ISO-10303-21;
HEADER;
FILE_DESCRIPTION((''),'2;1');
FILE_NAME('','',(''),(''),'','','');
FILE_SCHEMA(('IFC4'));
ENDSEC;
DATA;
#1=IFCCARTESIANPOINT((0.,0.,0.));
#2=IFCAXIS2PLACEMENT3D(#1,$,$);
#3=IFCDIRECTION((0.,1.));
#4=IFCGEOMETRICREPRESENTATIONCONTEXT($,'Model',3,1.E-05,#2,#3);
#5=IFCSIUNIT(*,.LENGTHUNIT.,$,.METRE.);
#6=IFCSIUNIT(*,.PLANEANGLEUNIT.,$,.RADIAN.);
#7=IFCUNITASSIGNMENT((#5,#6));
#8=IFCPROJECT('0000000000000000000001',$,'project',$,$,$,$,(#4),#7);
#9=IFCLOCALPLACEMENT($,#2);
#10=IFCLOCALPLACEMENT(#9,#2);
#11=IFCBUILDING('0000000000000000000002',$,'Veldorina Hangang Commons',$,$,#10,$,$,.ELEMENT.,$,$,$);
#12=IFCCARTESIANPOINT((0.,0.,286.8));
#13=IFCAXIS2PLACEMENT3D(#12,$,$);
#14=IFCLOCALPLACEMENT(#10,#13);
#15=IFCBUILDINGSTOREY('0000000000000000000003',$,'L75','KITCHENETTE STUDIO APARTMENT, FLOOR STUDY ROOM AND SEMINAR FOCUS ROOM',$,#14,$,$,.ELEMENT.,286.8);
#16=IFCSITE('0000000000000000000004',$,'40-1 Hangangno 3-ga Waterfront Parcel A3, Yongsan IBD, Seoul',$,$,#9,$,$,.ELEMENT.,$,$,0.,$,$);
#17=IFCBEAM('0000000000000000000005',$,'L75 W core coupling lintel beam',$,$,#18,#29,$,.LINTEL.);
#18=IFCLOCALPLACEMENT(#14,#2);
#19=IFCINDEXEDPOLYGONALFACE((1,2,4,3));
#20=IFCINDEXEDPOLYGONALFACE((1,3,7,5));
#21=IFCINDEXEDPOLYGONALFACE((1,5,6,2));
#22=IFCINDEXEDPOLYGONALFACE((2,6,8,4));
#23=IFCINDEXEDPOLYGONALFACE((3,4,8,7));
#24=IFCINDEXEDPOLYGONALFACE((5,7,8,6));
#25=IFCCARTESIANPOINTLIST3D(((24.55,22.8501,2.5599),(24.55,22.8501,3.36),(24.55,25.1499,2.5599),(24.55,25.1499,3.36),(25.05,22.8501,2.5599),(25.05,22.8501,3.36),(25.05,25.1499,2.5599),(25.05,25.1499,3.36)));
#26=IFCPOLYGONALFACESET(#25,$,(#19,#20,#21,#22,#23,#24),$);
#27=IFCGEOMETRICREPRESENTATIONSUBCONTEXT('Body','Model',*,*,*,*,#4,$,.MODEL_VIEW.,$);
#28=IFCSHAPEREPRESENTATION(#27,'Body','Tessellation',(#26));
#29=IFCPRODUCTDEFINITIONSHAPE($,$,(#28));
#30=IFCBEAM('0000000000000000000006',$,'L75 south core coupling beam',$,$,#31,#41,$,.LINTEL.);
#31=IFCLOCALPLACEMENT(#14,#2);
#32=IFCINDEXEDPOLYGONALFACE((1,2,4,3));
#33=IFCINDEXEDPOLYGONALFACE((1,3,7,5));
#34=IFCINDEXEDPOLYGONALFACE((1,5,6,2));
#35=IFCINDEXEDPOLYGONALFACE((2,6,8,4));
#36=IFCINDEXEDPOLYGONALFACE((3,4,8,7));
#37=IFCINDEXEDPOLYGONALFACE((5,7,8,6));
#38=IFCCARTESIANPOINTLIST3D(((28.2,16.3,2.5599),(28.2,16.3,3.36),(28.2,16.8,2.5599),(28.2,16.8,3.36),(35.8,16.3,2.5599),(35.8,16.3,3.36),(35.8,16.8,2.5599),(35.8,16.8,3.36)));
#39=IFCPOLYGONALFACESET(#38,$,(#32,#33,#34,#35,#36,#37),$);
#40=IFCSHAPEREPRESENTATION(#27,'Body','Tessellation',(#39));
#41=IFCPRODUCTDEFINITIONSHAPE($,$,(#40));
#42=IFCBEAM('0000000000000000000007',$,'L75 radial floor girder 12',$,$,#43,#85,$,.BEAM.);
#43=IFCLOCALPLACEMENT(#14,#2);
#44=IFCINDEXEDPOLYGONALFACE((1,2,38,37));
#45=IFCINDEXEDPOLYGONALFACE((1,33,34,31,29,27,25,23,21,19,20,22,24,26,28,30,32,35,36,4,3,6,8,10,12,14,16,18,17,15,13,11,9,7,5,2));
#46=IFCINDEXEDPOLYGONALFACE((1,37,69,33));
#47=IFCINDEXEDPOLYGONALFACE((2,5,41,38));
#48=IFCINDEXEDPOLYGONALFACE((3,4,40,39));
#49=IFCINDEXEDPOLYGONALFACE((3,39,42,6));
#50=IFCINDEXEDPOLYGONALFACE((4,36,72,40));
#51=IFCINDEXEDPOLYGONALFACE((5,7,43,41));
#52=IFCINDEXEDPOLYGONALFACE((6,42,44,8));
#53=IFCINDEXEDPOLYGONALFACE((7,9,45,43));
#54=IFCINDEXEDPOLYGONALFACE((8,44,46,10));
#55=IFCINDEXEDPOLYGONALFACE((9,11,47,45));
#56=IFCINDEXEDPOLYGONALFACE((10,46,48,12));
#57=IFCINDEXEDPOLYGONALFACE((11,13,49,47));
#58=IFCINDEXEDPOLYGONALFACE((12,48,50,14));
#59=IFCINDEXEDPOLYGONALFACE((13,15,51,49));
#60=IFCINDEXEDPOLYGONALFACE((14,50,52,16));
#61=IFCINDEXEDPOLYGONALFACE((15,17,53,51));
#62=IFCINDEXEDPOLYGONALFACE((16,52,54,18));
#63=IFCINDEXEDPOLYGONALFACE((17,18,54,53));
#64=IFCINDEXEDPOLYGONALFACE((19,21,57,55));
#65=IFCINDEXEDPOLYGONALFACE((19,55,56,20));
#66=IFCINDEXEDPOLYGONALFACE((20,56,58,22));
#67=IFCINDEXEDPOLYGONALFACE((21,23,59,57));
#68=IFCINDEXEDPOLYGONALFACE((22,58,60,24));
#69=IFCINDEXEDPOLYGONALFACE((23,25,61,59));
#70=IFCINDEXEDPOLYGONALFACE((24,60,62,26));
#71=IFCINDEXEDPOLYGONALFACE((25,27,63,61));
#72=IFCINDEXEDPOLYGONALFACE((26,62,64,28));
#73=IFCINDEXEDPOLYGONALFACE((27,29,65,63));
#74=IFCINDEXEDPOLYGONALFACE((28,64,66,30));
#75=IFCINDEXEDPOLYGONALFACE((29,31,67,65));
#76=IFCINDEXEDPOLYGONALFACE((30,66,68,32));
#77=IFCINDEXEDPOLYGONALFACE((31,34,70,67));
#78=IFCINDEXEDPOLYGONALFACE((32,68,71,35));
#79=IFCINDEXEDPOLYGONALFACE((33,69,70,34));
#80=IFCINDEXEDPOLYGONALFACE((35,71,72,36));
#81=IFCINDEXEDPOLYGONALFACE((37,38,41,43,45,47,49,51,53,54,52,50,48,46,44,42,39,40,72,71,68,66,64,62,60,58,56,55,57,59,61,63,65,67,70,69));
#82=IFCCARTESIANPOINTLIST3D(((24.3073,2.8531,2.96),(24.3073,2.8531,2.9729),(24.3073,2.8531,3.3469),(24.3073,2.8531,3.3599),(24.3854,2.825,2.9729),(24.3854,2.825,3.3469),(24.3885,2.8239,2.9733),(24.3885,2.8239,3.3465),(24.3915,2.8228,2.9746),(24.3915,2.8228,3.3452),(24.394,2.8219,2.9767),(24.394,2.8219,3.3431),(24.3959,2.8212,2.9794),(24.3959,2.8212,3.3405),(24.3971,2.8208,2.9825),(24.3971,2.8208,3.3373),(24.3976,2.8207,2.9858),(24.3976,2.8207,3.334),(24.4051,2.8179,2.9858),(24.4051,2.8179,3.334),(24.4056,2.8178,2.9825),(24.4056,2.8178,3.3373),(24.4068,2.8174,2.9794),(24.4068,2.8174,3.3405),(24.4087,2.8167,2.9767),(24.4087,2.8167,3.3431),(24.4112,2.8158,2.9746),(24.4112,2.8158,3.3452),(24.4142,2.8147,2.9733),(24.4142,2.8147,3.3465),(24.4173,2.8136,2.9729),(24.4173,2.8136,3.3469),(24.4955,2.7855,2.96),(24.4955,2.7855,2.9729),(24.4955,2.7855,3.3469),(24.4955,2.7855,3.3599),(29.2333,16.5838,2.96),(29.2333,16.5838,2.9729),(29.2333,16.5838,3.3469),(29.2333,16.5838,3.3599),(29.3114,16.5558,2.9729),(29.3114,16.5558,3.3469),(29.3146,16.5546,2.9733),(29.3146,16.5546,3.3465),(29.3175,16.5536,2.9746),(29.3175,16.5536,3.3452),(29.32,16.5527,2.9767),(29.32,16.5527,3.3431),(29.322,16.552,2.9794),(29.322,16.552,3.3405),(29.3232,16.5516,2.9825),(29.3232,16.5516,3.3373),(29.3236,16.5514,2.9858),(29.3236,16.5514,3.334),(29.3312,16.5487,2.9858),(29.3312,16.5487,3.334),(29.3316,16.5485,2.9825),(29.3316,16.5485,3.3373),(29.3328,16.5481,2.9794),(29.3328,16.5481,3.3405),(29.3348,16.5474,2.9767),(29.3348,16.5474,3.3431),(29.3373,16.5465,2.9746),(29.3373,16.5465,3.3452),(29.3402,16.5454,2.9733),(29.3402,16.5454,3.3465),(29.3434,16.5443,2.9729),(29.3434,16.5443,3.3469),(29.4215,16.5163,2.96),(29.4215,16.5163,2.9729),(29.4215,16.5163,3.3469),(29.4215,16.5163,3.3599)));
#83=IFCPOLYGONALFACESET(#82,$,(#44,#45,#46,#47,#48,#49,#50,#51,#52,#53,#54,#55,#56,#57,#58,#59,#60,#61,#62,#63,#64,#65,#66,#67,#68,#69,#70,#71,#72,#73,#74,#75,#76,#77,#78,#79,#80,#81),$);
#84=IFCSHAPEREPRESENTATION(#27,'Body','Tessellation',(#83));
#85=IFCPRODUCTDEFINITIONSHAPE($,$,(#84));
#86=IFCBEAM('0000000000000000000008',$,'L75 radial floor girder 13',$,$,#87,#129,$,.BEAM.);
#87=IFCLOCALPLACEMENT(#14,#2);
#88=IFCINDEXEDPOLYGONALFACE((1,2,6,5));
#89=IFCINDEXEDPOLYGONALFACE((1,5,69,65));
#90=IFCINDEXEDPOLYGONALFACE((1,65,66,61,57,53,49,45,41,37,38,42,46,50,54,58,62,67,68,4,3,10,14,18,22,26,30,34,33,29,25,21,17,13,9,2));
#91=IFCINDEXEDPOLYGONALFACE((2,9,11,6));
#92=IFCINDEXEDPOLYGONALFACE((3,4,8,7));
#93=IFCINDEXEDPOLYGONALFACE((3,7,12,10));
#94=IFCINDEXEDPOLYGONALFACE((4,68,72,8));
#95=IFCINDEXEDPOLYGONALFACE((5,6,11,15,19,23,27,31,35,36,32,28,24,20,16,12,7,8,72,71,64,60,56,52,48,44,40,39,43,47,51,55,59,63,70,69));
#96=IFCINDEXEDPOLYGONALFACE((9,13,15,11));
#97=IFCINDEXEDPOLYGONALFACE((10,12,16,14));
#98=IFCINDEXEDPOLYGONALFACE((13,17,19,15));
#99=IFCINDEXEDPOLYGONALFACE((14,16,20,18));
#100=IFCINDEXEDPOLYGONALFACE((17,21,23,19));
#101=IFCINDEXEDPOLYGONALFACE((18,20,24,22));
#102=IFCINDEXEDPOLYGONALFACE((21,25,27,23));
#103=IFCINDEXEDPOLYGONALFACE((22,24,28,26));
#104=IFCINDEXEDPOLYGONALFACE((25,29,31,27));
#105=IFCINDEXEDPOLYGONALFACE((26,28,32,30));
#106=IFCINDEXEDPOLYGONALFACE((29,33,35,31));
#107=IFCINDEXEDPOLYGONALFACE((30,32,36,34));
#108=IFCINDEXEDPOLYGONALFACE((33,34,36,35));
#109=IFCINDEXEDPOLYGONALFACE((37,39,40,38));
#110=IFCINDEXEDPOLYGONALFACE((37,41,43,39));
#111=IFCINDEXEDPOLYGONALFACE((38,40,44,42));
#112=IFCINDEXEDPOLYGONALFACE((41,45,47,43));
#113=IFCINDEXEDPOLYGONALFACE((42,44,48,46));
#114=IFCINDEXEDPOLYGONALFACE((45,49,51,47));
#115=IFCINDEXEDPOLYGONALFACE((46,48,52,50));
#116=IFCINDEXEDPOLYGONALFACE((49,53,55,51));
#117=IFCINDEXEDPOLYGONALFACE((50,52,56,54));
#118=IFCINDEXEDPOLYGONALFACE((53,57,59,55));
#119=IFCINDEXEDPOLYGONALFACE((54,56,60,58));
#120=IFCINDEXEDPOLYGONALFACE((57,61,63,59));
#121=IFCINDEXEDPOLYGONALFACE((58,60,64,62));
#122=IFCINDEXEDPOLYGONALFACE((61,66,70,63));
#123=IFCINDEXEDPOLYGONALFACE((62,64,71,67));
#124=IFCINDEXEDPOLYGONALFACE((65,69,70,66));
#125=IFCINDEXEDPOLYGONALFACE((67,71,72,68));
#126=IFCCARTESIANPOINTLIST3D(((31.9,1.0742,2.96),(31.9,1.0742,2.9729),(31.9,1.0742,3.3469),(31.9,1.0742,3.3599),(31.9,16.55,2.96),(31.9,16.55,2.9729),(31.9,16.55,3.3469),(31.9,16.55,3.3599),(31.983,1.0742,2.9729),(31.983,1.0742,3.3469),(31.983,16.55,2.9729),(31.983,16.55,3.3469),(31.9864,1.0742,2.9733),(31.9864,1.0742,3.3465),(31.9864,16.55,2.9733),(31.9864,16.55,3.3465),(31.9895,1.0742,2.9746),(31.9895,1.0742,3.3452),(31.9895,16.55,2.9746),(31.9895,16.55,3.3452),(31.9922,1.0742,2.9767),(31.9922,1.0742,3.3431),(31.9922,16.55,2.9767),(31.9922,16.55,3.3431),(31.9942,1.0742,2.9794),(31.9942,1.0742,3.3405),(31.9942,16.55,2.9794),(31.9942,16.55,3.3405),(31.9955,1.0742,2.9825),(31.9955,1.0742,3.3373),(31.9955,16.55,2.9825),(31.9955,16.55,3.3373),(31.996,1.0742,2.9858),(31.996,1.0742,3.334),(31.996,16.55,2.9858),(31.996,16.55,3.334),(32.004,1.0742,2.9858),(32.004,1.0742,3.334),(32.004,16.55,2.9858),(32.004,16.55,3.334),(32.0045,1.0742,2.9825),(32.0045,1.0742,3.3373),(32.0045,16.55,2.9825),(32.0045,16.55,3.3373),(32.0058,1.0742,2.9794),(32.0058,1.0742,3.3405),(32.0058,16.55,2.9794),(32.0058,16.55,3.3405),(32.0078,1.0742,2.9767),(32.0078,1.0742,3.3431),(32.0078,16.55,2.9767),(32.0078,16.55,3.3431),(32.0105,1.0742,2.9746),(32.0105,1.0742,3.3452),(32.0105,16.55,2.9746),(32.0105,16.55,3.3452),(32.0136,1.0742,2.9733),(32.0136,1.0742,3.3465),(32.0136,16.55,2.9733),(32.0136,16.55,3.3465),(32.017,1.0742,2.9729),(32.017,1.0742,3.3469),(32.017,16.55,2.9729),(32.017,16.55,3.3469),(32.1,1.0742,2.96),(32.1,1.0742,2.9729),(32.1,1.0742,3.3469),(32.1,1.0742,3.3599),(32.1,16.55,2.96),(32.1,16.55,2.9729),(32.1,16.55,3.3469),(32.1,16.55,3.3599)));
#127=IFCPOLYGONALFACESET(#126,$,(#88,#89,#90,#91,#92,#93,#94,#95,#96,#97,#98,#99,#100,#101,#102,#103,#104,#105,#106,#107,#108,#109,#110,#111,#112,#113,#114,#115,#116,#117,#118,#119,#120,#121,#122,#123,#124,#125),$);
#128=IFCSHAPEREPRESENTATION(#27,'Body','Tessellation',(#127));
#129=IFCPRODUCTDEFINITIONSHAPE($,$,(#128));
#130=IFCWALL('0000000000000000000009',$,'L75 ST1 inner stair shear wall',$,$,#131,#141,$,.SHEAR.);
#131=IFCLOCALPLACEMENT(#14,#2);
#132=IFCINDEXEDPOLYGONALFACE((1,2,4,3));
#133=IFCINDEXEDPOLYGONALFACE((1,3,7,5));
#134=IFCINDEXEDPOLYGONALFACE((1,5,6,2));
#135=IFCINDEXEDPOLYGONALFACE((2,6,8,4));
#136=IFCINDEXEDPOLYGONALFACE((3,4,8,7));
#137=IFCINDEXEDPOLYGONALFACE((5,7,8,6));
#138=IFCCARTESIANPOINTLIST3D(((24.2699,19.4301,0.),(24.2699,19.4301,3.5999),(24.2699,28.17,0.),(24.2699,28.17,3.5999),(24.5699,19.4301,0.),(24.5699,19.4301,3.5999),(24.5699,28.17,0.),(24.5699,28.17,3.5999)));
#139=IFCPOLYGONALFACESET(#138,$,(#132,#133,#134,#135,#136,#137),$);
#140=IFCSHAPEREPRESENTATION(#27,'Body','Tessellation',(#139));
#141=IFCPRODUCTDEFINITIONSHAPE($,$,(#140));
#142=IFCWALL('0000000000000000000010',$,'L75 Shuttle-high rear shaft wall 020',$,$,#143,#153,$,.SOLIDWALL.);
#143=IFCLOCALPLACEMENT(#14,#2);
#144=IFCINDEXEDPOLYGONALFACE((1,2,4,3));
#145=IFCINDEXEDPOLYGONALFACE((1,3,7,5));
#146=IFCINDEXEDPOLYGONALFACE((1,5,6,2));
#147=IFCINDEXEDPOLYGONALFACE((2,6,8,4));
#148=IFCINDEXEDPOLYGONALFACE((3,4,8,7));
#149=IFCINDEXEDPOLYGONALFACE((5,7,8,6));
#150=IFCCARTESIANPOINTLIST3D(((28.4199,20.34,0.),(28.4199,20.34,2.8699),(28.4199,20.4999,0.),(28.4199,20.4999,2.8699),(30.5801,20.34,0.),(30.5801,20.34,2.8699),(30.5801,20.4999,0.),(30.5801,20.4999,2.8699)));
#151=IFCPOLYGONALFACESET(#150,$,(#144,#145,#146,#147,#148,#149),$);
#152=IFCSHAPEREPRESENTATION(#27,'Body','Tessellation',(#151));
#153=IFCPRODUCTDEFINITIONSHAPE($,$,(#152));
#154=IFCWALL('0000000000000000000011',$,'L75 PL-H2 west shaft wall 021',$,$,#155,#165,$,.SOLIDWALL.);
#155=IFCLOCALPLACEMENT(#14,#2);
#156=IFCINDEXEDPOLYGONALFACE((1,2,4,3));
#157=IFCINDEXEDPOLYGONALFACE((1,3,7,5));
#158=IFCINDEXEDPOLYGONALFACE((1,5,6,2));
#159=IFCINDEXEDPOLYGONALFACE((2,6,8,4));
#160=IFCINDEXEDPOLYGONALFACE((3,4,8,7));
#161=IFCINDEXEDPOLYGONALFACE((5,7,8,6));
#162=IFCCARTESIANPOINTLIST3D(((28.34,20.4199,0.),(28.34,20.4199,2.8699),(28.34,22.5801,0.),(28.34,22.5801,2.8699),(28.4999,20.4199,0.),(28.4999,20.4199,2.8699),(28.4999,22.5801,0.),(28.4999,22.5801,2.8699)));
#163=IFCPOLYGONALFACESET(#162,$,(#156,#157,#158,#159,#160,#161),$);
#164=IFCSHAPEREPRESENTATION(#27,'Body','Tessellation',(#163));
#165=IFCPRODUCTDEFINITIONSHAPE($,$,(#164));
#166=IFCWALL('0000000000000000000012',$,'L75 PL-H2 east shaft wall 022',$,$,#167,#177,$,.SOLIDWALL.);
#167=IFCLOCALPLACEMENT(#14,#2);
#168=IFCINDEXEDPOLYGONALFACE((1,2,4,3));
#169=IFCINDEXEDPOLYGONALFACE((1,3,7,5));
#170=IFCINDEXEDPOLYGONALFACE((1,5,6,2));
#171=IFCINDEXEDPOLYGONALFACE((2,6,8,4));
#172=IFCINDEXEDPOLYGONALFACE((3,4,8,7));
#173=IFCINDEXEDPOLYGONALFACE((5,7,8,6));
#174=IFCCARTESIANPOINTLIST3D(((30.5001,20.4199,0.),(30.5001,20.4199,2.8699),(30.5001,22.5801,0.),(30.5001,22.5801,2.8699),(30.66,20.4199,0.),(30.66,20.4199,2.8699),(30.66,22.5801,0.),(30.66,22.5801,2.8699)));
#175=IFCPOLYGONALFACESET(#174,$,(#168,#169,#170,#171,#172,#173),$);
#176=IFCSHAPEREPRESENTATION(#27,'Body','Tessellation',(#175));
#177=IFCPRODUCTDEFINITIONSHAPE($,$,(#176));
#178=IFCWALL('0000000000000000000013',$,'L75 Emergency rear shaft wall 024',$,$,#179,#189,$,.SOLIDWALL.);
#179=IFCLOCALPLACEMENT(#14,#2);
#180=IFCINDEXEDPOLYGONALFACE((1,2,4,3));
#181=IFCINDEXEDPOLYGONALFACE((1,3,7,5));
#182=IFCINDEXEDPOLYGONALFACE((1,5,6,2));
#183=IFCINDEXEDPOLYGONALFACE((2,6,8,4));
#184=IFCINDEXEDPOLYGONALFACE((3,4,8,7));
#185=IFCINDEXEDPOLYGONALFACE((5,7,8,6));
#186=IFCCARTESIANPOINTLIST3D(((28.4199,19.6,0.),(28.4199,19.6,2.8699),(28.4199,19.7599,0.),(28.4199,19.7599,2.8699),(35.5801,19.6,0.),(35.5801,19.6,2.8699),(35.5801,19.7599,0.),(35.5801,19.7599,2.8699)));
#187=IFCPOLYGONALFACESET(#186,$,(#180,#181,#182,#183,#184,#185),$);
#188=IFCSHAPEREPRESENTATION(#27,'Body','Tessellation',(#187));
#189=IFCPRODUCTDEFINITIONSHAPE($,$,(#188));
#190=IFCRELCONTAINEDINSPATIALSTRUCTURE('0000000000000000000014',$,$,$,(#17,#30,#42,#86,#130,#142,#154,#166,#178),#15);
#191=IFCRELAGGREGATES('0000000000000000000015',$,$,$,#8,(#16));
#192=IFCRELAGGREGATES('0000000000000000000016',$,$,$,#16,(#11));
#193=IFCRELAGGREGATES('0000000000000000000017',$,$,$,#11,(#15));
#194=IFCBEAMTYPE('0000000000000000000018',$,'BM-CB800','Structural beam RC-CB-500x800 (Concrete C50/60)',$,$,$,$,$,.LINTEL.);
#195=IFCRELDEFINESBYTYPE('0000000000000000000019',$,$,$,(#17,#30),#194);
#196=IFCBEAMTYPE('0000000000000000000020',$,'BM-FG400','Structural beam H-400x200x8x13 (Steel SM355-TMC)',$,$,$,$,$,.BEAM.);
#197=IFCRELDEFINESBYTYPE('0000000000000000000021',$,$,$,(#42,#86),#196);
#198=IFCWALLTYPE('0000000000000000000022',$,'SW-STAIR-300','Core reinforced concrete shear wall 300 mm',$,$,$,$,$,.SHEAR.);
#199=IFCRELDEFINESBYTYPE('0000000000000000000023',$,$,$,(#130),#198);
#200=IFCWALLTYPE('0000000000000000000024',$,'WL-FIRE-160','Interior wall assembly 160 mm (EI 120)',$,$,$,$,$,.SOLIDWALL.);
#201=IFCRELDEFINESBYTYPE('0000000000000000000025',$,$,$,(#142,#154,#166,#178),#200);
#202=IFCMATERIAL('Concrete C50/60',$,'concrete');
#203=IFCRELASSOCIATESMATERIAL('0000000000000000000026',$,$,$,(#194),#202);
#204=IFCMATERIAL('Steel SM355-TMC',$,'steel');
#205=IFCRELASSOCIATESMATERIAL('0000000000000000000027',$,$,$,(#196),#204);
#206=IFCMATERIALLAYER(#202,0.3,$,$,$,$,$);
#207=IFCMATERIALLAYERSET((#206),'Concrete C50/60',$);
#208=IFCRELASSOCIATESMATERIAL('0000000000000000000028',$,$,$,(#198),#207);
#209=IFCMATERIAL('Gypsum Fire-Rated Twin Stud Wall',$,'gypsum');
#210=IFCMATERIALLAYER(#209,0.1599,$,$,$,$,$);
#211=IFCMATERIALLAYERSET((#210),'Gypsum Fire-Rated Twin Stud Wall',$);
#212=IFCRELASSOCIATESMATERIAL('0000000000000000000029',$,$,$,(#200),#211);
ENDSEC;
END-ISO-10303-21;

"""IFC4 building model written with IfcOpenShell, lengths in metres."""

from ifc_helpers import new_model, si_unit, direction, frame, frame_2d, origin, origin_2d, place, context, subcontext, project, spatial, rectangle, i_section, extrude, material, layer, layer_set, material_profile, profile_set, type_object, element, save


model = new_model("IFC4")

# Units and contexts
model_context = context("Model", 3, precision=1e-05, world=origin(), true_north=direction((0.0, 1.0)))
body_context = subcontext(model_context, "Body", "Model", "MODEL_VIEW")
ifc_project = project(units=[si_unit("LENGTHUNIT", "METRE"), si_unit("PLANEANGLEUNIT", "RADIAN")], contexts=[model_context])

# Site, building, storey
site_placement = place(None, origin())
site = spatial("IfcSite", under=ifc_project, at=site_placement, Name="40-1 Hangangno 3-ga Waterfront Parcel A3, Yongsan IBD, Seoul", CompositionType="ELEMENT", RefElevation=0.0)
building_placement = place(site_placement, origin())
building = spatial("IfcBuilding", under=site, at=building_placement, Name="Veldorina Hangang Commons", CompositionType="ELEMENT")
storey_placement = place(building_placement, frame((0.0, 0.0, 286.8)))
storey = spatial("IfcBuildingStorey", under=building, at=storey_placement, Name="L75", Description="KITCHENETTE STUDIO APARTMENT, FLOOR STUDY ROOM AND SEMINAR FOCUS ROOM", CompositionType="ELEMENT", Elevation=286.8)

# Beams
ifc_material_1 = material(Name="Concrete C50/60", Category="concrete")
ifc_material_profile_1 = material_profile(ifc_material_1, rectangle(XDim=0.5, YDim=0.8, at=origin_2d()), Name="RC-CB-500x800")
ifc_profile_set_1 = profile_set([ifc_material_profile_1], Name="Concrete C50/60")
beam_type_1 = type_object("IfcBeamType", Name="BM-CB800", Description="Structural beam RC-CB-500x800 (Concrete C50/60)", PredefinedType="LINTEL", material=ifc_profile_set_1)
beam_1_placement = place(storey_placement, frame((24.8, 22.8501, 2.96), z_axis=(0.0, 1.0, 0.0), x_axis=(-1.0, 0.0, 0.0)))
element("IfcBeam", 1, at=beam_1_placement, inside=storey, type_object=beam_type_1, Name="L75 W core coupling lintel beam", PredefinedType="LINTEL", context=body_context, shape_type="SweptSolid", body=[
    extrude(rectangle(XDim=0.5, YDim=0.8, at=origin_2d()), origin(), (0.0, 0.0, 1.0), 2.2998),
])
beam_2_placement = place(storey_placement, frame((28.2, 16.55, 2.96), z_axis=(1.0, 0.0, 0.0), x_axis=(0.0, 1.0, 0.0)))
element("IfcBeam", 2, at=beam_2_placement, inside=storey, type_object=beam_type_1, Name="L75 south core coupling beam", PredefinedType="LINTEL", context=body_context, shape_type="SweptSolid", body=[
    extrude(rectangle(XDim=0.5, YDim=0.8, at=origin_2d()), origin(), (0.0, 0.0, 1.0), 7.6001),
])
ifc_material_2 = material(Name="Steel SM355-TMC", Category="steel")
ifc_material_profile_2 = material_profile(ifc_material_2, i_section(OverallWidth=0.2, OverallDepth=0.3999, WebThickness=0.0081, FlangeThickness=0.0129, FilletRadius=0.0129, at=origin_2d()), Name="H-400x200x8x13")
ifc_profile_set_2 = profile_set([ifc_material_profile_2], Name="Steel SM355-TMC")
beam_type_2 = type_object("IfcBeamType", Name="BM-FG400", Description="Structural beam H-400x200x8x13 (Steel SM355-TMC)", PredefinedType="BEAM", material=ifc_profile_set_2)
beam_3_placement = place(storey_placement, frame((29.3274, 16.55, 3.1599), z_axis=(-0.337686, -0.941259, 0.0), x_axis=(0.941259, -0.337686, 0.0)))
element("IfcBeam", 3, at=beam_3_placement, inside=storey, type_object=beam_type_2, Name="L75 radial floor girder 12", PredefinedType="BEAM", context=body_context, shape_type="SweptSolid", body=[
    extrude(i_section(OverallWidth=0.2, OverallDepth=0.3999, WebThickness=0.0081, FlangeThickness=0.0129, FilletRadius=0.0129, at=origin_2d()), origin(), (0.0, 0.0, 1.0), 14.5876),
])
beam_4_placement = place(storey_placement, frame((32.0, 16.55, 3.1599), z_axis=(0.0, -1.0, 0.0), x_axis=(1.0, 0.0, 0.0)))
element("IfcBeam", 4, at=beam_4_placement, inside=storey, type_object=beam_type_2, Name="L75 radial floor girder 13", PredefinedType="BEAM", context=body_context, shape_type="SweptSolid", body=[
    extrude(i_section(OverallWidth=0.2, OverallDepth=0.3999, WebThickness=0.0081, FlangeThickness=0.0129, FilletRadius=0.0129, at=origin_2d()), origin(), (0.0, 0.0, 1.0), 15.4758),
])

# Wall
ifc_layer_1 = layer(ifc_material_1, 0.3)
ifc_layer_set_1 = layer_set([ifc_layer_1], Name="Concrete C50/60")
wall_type_1 = type_object("IfcWallType", Name="SW-STAIR-300", Description="Core reinforced concrete shear wall 300 mm", PredefinedType="SHEAR", material=ifc_layer_set_1)
wall_1_placement = place(storey_placement, frame((24.4199, 19.4299, 0.0), z_axis=(0.0, 0.0, 1.0), x_axis=(0.0, 1.0, 0.0)))
element("IfcWall", 5, at=wall_1_placement, inside=storey, type_object=wall_type_1, Name="L75 ST1 inner stair shear wall", PredefinedType="SHEAR", context=body_context, shape_type="SweptSolid", body=[
    extrude(rectangle(XDim=8.74, YDim=0.3, at=frame_2d((4.3701, 0.0))), origin(), (0.0, 0.0, 1.0), 3.5999),
])

# Shared definitions
ifc_material_3 = material(Name="Gypsum Fire-Rated Twin Stud Wall", Category="gypsum")
ifc_layer_2 = layer(ifc_material_3, 0.1599)
ifc_layer_set_2 = layer_set([ifc_layer_2], Name="Gypsum Fire-Rated Twin Stud Wall")
wall_type_2 = type_object("IfcWallType", Name="WL-FIRE-160", Description="Interior wall assembly 160 mm (EI 120)", PredefinedType="SOLIDWALL", material=ifc_layer_set_2)

# Walls
for number, where, z_axis, x_axis, name in (
    (6, (28.4199, 20.4199, 0.0), (0.0, 0.0, 1.0), (1.0, 0.0, 0.0), "L75 Shuttle-high rear shaft wall 020"),
    (7, (28.4199, 20.4199, 0.0), (0.0, 0.0, 1.0), (0.0, 1.0, 0.0), "L75 PL-H2 west shaft wall 021"),
    (8, (30.5801, 20.4199, 0.0), (0.0, 0.0, 1.0), (0.0, 1.0, 0.0), "L75 PL-H2 east shaft wall 022"),
):
    element("IfcWall", number, at=place(storey_placement, frame(where, z_axis=z_axis, x_axis=x_axis)), inside=storey, type_object=wall_type_2, Name=name, PredefinedType="SOLIDWALL", context=body_context, shape_type="SweptSolid", body=[
        extrude(rectangle(XDim=2.1602, YDim=0.1599, at=frame_2d((1.0801, 0.0))), origin(), (0.0, 0.0, 1.0), 2.8699),
    ])

# Wall
wall_2_placement = place(storey_placement, frame((28.4199, 19.6799, 0.0), z_axis=(0.0, 0.0, 1.0), x_axis=(1.0, 0.0, 0.0)))
element("IfcWall", 9, at=wall_2_placement, inside=storey, type_object=wall_type_2, Name="L75 Emergency rear shaft wall 024", PredefinedType="SOLIDWALL", context=body_context, shape_type="SweptSolid", body=[
    extrude(rectangle(XDim=7.1602, YDim=0.1599, at=frame_2d((3.5801, 0.0))), origin(), (0.0, 0.0, 1.0), 2.8699),
])

save(model, "model.ifc")
